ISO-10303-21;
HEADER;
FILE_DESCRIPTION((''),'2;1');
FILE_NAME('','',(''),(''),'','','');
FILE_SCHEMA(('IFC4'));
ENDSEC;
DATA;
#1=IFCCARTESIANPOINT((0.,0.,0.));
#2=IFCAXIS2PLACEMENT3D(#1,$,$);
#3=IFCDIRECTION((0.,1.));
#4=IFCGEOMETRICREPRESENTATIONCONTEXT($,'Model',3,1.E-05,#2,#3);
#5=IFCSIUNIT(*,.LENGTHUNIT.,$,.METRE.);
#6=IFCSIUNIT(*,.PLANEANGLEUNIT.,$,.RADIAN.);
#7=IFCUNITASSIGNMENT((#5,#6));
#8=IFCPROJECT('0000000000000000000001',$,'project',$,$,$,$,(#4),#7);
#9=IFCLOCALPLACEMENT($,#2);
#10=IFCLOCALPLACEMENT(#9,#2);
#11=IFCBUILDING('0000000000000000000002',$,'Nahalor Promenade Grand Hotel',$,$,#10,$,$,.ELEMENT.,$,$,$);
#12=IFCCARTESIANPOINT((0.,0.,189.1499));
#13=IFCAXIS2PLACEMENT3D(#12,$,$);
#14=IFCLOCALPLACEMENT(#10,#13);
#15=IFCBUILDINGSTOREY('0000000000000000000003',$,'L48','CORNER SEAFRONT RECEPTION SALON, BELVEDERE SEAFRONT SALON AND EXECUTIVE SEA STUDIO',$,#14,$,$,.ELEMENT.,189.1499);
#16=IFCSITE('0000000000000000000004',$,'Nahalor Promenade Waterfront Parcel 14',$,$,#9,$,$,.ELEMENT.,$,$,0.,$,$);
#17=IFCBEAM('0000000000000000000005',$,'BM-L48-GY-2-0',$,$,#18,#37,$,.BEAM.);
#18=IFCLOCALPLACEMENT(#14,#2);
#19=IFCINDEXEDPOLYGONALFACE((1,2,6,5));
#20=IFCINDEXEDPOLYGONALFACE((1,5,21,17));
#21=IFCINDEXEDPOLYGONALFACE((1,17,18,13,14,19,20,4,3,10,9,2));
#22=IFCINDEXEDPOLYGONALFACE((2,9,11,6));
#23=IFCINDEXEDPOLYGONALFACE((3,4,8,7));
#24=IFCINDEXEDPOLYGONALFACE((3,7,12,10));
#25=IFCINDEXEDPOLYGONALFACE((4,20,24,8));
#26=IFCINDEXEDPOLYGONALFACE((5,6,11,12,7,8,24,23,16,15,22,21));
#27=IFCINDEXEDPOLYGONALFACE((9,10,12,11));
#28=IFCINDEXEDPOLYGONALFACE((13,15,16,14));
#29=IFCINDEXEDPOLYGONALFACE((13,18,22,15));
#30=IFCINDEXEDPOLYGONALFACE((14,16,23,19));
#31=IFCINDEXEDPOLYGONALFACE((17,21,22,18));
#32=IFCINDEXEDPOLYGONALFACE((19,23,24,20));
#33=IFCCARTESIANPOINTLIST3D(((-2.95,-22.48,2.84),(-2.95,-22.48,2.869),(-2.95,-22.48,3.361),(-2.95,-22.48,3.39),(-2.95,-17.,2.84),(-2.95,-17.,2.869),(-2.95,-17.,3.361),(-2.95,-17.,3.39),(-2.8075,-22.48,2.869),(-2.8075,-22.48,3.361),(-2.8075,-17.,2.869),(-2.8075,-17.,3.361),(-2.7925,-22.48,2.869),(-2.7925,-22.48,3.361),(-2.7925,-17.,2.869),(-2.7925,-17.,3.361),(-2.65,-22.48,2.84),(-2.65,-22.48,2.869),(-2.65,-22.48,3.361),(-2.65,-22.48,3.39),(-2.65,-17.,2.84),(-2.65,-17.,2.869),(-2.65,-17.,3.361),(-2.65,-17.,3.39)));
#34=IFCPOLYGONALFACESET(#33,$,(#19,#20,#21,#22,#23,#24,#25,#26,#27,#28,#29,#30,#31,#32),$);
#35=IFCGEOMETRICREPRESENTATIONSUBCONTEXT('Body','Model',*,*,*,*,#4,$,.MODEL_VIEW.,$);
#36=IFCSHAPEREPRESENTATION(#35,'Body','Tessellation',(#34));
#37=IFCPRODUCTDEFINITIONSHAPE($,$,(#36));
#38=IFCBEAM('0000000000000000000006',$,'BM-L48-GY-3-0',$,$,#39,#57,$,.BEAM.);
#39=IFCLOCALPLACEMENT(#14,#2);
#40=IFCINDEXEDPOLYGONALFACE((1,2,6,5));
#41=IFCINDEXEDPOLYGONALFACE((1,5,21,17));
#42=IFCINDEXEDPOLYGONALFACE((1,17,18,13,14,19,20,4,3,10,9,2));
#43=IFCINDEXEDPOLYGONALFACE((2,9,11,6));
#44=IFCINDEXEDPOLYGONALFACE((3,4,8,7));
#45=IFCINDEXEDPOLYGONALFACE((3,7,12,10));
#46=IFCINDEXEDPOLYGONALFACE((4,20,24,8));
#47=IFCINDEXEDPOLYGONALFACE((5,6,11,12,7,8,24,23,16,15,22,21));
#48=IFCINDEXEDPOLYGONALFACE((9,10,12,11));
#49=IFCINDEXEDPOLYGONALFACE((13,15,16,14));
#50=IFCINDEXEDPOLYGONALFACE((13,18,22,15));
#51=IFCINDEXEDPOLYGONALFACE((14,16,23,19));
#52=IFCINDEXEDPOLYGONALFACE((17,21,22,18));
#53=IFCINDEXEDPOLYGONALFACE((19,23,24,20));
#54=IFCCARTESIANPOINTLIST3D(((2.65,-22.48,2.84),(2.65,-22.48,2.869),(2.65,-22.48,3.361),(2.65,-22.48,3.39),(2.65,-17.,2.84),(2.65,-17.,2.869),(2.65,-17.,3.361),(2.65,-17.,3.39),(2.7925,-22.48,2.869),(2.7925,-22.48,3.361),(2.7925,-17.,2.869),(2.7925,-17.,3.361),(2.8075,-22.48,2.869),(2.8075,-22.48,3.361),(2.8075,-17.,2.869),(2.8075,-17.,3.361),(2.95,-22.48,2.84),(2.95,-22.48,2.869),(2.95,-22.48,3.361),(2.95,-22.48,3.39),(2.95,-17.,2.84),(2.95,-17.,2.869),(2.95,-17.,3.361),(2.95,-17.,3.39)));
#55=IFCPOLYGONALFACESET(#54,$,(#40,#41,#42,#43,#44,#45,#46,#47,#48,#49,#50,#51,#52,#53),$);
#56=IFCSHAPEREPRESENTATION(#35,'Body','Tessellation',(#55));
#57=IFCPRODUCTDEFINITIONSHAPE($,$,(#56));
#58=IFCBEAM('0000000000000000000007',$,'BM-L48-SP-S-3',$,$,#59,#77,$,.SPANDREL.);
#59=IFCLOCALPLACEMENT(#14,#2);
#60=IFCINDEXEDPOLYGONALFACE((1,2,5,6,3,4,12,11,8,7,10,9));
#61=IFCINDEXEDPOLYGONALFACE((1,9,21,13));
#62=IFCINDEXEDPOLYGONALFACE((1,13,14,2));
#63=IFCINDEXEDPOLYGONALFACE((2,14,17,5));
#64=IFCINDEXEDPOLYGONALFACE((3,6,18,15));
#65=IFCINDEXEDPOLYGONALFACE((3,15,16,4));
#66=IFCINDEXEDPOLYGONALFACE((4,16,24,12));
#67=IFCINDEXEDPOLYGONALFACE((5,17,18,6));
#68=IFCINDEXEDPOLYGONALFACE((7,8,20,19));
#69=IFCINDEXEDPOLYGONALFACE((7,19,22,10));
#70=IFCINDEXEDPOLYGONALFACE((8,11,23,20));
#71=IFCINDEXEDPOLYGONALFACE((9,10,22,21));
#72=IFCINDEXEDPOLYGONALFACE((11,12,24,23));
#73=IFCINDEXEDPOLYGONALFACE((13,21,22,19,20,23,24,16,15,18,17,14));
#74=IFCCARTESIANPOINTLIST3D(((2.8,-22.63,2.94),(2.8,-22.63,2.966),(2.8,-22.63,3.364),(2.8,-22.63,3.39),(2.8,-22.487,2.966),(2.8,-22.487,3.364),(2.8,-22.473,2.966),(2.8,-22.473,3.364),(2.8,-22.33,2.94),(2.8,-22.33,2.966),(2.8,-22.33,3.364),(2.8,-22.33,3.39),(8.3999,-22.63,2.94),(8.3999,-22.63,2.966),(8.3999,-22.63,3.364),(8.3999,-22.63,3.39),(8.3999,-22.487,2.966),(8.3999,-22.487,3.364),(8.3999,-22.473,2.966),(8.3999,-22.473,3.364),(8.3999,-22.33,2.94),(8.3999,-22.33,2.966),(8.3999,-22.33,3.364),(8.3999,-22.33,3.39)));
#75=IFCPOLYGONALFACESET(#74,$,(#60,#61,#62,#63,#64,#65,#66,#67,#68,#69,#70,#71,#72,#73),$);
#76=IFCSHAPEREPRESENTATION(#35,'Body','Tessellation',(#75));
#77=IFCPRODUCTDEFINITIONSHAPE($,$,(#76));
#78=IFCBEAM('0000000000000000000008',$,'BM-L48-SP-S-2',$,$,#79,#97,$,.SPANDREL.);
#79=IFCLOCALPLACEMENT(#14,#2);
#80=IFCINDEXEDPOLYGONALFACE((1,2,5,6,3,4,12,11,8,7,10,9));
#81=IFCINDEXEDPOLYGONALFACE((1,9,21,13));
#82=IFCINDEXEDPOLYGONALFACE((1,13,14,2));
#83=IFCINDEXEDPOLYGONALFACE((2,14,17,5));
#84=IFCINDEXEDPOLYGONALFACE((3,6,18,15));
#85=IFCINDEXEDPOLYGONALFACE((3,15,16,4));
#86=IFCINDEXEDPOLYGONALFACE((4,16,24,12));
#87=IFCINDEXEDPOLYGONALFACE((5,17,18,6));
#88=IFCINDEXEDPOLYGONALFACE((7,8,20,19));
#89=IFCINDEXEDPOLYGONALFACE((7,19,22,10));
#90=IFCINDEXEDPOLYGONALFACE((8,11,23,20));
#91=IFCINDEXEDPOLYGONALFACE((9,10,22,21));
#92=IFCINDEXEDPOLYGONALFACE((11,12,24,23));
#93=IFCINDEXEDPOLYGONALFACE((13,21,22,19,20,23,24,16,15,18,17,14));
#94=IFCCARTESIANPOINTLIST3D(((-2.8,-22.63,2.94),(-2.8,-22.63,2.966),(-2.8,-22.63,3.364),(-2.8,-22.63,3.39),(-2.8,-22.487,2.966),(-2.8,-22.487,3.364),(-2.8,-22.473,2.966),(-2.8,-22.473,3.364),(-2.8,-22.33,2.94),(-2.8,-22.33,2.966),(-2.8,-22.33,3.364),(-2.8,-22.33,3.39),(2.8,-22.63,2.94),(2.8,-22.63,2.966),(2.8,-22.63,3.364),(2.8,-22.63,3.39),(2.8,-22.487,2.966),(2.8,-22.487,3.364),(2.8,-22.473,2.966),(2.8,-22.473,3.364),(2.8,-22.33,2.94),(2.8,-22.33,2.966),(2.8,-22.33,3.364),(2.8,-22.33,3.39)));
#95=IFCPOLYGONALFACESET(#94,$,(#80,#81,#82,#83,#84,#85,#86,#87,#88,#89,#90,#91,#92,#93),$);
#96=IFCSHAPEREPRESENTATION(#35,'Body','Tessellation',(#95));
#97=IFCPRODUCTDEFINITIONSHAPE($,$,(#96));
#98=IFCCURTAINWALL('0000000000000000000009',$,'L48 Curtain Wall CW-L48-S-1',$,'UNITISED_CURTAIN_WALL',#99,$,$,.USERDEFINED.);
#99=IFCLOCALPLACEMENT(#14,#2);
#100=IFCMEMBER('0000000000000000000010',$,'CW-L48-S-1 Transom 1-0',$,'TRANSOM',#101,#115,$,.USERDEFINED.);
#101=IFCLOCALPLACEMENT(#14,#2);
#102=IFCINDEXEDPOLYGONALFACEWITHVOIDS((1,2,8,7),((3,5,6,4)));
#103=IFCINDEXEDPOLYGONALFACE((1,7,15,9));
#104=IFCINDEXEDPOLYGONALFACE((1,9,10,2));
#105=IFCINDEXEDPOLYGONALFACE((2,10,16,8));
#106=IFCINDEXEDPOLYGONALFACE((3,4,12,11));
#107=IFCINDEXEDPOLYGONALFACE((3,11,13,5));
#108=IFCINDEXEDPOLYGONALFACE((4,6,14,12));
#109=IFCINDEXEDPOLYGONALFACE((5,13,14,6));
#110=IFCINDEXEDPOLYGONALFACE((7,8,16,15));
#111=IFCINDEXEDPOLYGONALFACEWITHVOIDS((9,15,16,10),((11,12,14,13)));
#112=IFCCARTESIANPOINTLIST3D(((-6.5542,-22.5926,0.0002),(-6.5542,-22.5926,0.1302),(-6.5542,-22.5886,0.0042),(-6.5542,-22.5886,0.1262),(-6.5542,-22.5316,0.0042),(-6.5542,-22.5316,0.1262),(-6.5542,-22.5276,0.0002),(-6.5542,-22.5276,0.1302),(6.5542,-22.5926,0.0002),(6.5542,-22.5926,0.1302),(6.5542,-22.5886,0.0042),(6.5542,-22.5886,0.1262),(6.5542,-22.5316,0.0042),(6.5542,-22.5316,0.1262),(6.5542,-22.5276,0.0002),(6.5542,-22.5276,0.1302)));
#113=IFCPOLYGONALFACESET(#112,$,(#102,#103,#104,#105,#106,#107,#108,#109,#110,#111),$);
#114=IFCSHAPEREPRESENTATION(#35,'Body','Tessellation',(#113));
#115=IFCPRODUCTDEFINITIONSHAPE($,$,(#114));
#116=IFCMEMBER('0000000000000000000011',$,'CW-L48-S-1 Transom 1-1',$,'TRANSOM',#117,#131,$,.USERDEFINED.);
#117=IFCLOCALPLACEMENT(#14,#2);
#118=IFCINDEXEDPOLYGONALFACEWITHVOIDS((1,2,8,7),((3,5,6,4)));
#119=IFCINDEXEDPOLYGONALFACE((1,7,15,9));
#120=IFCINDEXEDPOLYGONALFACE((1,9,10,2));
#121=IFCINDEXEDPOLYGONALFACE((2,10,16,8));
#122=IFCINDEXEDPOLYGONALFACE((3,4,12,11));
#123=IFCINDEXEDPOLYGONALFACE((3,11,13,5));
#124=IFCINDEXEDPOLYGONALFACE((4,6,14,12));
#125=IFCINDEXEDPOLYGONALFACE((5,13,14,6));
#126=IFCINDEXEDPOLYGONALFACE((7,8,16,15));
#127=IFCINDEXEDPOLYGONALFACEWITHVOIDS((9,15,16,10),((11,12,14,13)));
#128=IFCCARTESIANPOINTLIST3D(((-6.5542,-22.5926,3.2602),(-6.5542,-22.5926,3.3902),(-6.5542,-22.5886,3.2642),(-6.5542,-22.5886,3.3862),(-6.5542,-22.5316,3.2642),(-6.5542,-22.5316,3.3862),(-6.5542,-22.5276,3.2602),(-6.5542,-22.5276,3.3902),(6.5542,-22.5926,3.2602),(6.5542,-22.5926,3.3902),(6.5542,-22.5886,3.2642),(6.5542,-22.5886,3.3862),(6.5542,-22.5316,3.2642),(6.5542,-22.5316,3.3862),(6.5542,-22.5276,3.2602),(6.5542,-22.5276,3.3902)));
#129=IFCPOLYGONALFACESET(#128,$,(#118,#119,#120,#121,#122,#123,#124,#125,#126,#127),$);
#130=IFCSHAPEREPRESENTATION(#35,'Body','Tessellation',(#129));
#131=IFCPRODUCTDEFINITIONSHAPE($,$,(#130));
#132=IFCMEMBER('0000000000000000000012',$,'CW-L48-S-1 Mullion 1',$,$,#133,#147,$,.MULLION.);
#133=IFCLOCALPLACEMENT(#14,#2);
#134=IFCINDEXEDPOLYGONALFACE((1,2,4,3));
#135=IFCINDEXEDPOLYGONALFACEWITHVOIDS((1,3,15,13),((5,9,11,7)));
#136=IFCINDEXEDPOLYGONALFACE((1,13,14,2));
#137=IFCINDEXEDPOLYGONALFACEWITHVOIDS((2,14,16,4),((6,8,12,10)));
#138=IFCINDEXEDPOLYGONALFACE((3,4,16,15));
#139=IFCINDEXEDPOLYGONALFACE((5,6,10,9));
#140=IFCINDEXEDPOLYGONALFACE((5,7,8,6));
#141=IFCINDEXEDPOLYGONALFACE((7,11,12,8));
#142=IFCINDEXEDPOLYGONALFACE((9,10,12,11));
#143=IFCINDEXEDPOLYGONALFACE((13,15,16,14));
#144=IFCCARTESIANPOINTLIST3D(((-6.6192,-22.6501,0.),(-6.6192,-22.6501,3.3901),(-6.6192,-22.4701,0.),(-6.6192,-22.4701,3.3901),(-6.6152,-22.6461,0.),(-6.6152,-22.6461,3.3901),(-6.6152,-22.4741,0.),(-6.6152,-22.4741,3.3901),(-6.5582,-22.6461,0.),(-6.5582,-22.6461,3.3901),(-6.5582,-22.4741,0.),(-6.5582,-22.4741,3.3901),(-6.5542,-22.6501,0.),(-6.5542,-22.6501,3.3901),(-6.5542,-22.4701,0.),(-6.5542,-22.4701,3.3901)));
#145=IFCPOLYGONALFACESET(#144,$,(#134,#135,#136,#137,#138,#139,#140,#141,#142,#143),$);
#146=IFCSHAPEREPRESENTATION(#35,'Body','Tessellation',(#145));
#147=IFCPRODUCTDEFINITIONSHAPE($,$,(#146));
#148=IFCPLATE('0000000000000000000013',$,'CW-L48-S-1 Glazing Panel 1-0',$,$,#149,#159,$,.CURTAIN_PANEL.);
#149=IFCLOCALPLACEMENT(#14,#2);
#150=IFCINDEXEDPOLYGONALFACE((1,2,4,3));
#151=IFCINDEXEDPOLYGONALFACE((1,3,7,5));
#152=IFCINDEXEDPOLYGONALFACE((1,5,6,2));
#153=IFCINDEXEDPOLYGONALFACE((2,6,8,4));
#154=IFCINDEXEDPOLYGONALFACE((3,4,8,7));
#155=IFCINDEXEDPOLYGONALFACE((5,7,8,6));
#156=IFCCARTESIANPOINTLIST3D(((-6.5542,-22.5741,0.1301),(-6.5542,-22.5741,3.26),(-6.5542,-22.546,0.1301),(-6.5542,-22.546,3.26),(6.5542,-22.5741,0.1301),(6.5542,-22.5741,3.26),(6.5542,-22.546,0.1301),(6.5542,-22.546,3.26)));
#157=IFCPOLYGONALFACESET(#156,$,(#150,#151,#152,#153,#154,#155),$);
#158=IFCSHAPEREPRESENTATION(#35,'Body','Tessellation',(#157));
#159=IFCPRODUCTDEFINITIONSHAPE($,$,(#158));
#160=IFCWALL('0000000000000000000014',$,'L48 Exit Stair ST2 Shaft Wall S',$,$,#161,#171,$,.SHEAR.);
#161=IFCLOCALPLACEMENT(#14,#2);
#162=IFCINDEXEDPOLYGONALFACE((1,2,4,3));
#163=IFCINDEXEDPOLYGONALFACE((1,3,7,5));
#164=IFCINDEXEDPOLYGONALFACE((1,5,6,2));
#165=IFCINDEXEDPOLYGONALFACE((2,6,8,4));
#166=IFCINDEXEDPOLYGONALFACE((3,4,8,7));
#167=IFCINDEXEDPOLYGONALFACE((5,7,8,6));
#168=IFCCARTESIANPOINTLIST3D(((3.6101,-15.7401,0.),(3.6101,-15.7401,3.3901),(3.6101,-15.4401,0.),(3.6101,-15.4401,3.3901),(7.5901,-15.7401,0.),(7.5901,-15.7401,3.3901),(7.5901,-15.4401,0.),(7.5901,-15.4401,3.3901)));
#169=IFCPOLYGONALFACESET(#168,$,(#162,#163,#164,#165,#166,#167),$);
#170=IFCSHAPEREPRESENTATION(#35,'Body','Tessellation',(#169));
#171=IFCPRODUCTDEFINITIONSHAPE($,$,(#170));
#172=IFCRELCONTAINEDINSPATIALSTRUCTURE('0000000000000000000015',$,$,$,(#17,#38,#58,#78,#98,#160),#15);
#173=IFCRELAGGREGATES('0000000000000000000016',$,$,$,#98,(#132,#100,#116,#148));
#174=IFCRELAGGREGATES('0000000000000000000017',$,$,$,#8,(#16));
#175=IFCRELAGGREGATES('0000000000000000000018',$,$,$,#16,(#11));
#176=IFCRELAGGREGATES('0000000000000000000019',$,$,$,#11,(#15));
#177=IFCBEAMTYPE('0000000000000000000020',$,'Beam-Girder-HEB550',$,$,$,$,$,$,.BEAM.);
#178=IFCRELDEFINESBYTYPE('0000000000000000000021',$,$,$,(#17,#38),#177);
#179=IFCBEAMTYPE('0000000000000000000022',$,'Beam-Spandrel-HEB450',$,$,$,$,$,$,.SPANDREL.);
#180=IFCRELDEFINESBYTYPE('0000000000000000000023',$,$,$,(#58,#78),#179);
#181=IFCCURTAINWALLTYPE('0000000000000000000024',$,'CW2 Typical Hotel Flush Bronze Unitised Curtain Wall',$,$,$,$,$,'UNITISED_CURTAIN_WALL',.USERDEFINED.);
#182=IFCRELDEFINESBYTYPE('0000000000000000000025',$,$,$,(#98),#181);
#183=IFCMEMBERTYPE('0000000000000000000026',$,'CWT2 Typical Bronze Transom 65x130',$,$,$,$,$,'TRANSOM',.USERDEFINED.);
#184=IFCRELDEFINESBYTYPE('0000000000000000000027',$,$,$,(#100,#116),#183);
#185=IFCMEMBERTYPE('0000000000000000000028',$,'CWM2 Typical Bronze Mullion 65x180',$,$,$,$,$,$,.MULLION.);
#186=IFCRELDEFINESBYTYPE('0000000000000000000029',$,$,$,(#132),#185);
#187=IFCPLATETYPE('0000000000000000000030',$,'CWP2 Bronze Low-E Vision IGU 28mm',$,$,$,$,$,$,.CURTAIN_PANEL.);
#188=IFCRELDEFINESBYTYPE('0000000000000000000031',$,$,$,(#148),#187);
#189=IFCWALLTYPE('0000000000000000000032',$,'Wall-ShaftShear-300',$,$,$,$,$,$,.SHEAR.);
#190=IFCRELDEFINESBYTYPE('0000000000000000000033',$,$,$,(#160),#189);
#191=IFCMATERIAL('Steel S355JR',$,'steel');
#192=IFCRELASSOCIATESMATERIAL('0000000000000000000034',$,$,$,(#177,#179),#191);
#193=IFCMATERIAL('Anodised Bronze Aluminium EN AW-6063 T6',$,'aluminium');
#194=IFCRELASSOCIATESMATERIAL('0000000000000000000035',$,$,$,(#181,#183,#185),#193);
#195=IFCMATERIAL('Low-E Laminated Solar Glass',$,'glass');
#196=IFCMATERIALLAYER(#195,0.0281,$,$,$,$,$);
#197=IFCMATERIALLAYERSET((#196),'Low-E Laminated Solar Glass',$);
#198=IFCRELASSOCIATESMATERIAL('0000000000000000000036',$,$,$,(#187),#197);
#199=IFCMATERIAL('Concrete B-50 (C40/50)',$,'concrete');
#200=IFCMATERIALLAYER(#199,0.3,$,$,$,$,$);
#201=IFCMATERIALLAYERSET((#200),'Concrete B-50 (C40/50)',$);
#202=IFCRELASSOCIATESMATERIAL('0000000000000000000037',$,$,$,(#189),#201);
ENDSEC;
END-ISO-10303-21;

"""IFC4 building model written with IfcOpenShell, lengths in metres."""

from ifc_helpers import new_model, si_unit, direction, frame, frame_2d, origin, origin_2d, place, context, subcontext, project, spatial, rectangle, hollow_rectangle, i_section, extrude, source, transform, mapped, material, layer, layer_set, material_profile, profile_set, type_object, element, aggregate, save


model = new_model("IFC4")

# Units and contexts
model_context = context("Model", 3, precision=1e-05, world=origin(), true_north=direction((0.0, 1.0)))
body_context = subcontext(model_context, "Body", "Model", "MODEL_VIEW")
ifc_project = project(units=[si_unit("LENGTHUNIT", "METRE"), si_unit("PLANEANGLEUNIT", "RADIAN")], contexts=[model_context])

# Site, building, storey
site_placement = place(None, origin())
site = spatial("IfcSite", under=ifc_project, at=site_placement, Name="Nahalor Promenade Waterfront Parcel 14", CompositionType="ELEMENT", RefElevation=0.0)
building_placement = place(site_placement, origin())
building = spatial("IfcBuilding", under=site, at=building_placement, Name="Nahalor Promenade Grand Hotel", CompositionType="ELEMENT")
storey_placement = place(building_placement, frame((0.0, 0.0, 189.1499)))
storey = spatial("IfcBuildingStorey", under=building, at=storey_placement, Name="L48", Description="CORNER SEAFRONT RECEPTION SALON, BELVEDERE SEAFRONT SALON AND EXECUTIVE SEA STUDIO", CompositionType="ELEMENT", Elevation=189.1499)

# Beams
ifc_material_1 = material(Name="Steel S355JR", Category="steel")
ifc_material_profile_1 = material_profile(ifc_material_1, i_section(OverallWidth=0.3, OverallDepth=0.55, WebThickness=0.015, FlangeThickness=0.029, at=origin_2d()), Name="HEB 550")
ifc_profile_set_1 = profile_set([ifc_material_profile_1], Name="Steel S355JR")
beam_type_1 = type_object("IfcBeamType", Name="Beam-Girder-HEB550", PredefinedType="BEAM", material=ifc_profile_set_1)
shared_shape_1 = source(origin(), body_context, "Body", "SweptSolid", [
    extrude(i_section(OverallWidth=0.3, OverallDepth=0.55, WebThickness=0.015, FlangeThickness=0.029, at=origin_2d()), origin(), (0.0, 0.0, 1.0), 5.48),
])
for number, where, z_axis, x_axis, name in (
    (1, (-2.8, -22.48, 3.115), (0.0, 1.0, 0.0), (-1.0, 0.0, 0.0), "BM-L48-GY-2-0"),
    (2, (2.8, -22.48, 3.115), (0.0, 1.0, 0.0), (-1.0, 0.0, 0.0), "BM-L48-GY-3-0"),
):
    element("IfcBeam", number, at=place(storey_placement, frame(where, z_axis=z_axis, x_axis=x_axis)), inside=storey, type_object=beam_type_1, Name=name, PredefinedType="BEAM", context=body_context, shape_type="MappedRepresentation", body=[
        mapped(shared_shape_1, transform((0.0, 0.0, 0.0), scale=1.0)),
    ])
ifc_material_profile_2 = material_profile(ifc_material_1, i_section(OverallWidth=0.3, OverallDepth=0.45, WebThickness=0.014, FlangeThickness=0.026, at=origin_2d()), Name="HEB 450")
ifc_profile_set_2 = profile_set([ifc_material_profile_2], Name="Steel S355JR")
beam_type_2 = type_object("IfcBeamType", Name="Beam-Spandrel-HEB450", PredefinedType="SPANDREL", material=ifc_profile_set_2)
shared_shape_2 = source(origin(), body_context, "Body", "SweptSolid", [
    extrude(i_section(OverallWidth=0.3, OverallDepth=0.45, WebThickness=0.014, FlangeThickness=0.026, at=origin_2d()), origin(), (0.0, 0.0, 1.0), 5.5999),
])
beam_1_placement = place(storey_placement, frame((2.8, -22.48, 3.165), z_axis=(1.0, 0.0, 0.0), x_axis=(0.0, 1.0, 0.0)))
element("IfcBeam", 3, at=beam_1_placement, inside=storey, type_object=beam_type_2, Name="BM-L48-SP-S-3", PredefinedType="SPANDREL", context=body_context, shape_type="MappedRepresentation", body=[
    mapped(shared_shape_2, transform((0.0, 0.0, 0.0), scale=1.0)),
])
shared_shape_3 = source(origin(), body_context, "Body", "SweptSolid", [
    extrude(i_section(OverallWidth=0.3, OverallDepth=0.45, WebThickness=0.014, FlangeThickness=0.026, at=origin_2d()), origin(), (0.0, 0.0, 1.0), 5.6001),
])
beam_2_placement = place(storey_placement, frame((-2.8, -22.48, 3.165), z_axis=(1.0, 0.0, 0.0), x_axis=(0.0, 1.0, 0.0)))
element("IfcBeam", 4, at=beam_2_placement, inside=storey, type_object=beam_type_2, Name="BM-L48-SP-S-2", PredefinedType="SPANDREL", context=body_context, shape_type="MappedRepresentation", body=[
    mapped(shared_shape_3, transform((0.0, 0.0, 0.0), scale=1.0)),
])

# Curtain wall, members, plate
ifc_material_2 = material(Name="Anodised Bronze Aluminium EN AW-6063 T6", Category="aluminium")
curtain_wall_type = type_object("IfcCurtainWallType", Name="CW2 Typical Hotel Flush Bronze Unitised Curtain Wall", ElementType="UNITISED_CURTAIN_WALL", PredefinedType="USERDEFINED", material=ifc_material_2)
curtain_wall_placement = place(storey_placement, origin())
curtain_wall = element("IfcCurtainWall", 5, at=curtain_wall_placement, inside=storey, type_object=curtain_wall_type, Name="L48 Curtain Wall CW-L48-S-1", ObjectType="UNITISED_CURTAIN_WALL", PredefinedType="USERDEFINED")
ifc_material_profile_3 = material_profile(ifc_material_2, hollow_rectangle(XDim=0.065, YDim=0.13, WallThickness=0.004, at=origin_2d()), Name="CWT 65x130x4")
ifc_profile_set_3 = profile_set([ifc_material_profile_3], Name="Anodised Bronze Aluminium EN AW-6063 T6")
member_type_1 = type_object("IfcMemberType", Name="CWT2 Typical Bronze Transom 65x130", ElementType="TRANSOM", PredefinedType="USERDEFINED", material=ifc_profile_set_3)
shared_shape_4 = source(origin(), body_context, "Body", "SweptSolid", [
    extrude(hollow_rectangle(XDim=0.065, YDim=0.13, WallThickness=0.004, at=origin_2d()), origin(), (0.0, 0.0, 1.0), 13.1084),
])
member_1_placement = place(storey_placement, frame((-6.5542, -22.5601, 0.0652), z_axis=(1.0, 0.0, 0.0), x_axis=(0.0, 1.0, 0.0)))
member_1 = element("IfcMember", 6, at=member_1_placement, type_object=member_type_1, Name="CW-L48-S-1 Transom 1-0", ObjectType="TRANSOM", PredefinedType="USERDEFINED", context=body_context, shape_type="MappedRepresentation", body=[
    mapped(shared_shape_4, transform((0.0, 0.0, 0.0), scale=1.0)),
])
member_2_placement = place(storey_placement, frame((-6.5542, -22.5601, 3.3252), z_axis=(1.0, 0.0, 0.0), x_axis=(0.0, 1.0, 0.0)))
member_2 = element("IfcMember", 7, at=member_2_placement, type_object=member_type_1, Name="CW-L48-S-1 Transom 1-1", ObjectType="TRANSOM", PredefinedType="USERDEFINED", context=body_context, shape_type="MappedRepresentation", body=[
    mapped(shared_shape_4, transform((0.0, 0.0, 0.0), scale=1.0)),
])
ifc_material_profile_4 = material_profile(ifc_material_2, hollow_rectangle(XDim=0.065, YDim=0.18, WallThickness=0.004, at=origin_2d()), Name="CWM 65x180x4")
ifc_profile_set_4 = profile_set([ifc_material_profile_4], Name="Anodised Bronze Aluminium EN AW-6063 T6")
member_type_2 = type_object("IfcMemberType", Name="CWM2 Typical Bronze Mullion 65x180", PredefinedType="MULLION", material=ifc_profile_set_4)
shared_shape_5 = source(origin(), body_context, "Body", "SweptSolid", [
    extrude(hollow_rectangle(XDim=0.065, YDim=0.18, WallThickness=0.004, at=origin_2d()), origin(), (0.0, 0.0, 1.0), 3.3901),
])
member_3_placement = place(storey_placement, frame((-6.5867, -22.5601, 0.0), z_axis=(0.0, 0.0, 1.0), x_axis=(1.0, 0.0, 0.0)))
member_3 = element("IfcMember", 8, at=member_3_placement, type_object=member_type_2, Name="CW-L48-S-1 Mullion 1", PredefinedType="MULLION", context=body_context, shape_type="MappedRepresentation", body=[
    mapped(shared_shape_5, transform((0.0, 0.0, 0.0), scale=1.0)),
])
ifc_material_3 = material(Name="Low-E Laminated Solar Glass", Category="glass")
ifc_layer_1 = layer(ifc_material_3, 0.0281)
ifc_layer_set_1 = layer_set([ifc_layer_1], Name="Low-E Laminated Solar Glass")
plate_type = type_object("IfcPlateType", Name="CWP2 Bronze Low-E Vision IGU 28mm", PredefinedType="CURTAIN_PANEL", material=ifc_layer_set_1)
shared_shape_6 = source(origin(), body_context, "Body", "SweptSolid", [
    extrude(rectangle(XDim=13.1084, YDim=0.0281, at=origin_2d()), origin(), (0.0, 0.0, 1.0), 3.1299),
])
plate_placement = place(storey_placement, frame((0.0, -22.5601, 0.1301), z_axis=(0.0, 0.0, 1.0), x_axis=(1.0, 0.0, 0.0)))
plate = element("IfcPlate", 9, at=plate_placement, type_object=plate_type, Name="CW-L48-S-1 Glazing Panel 1-0", PredefinedType="CURTAIN_PANEL", context=body_context, shape_type="MappedRepresentation", body=[
    mapped(shared_shape_6, transform((0.0, 0.0, 0.0), scale=1.0)),
])
aggregate(curtain_wall, [member_3, member_1, member_2, plate])

# Wall
ifc_material_4 = material(Name="Concrete B-50 (C40/50)", Category="concrete")
ifc_layer_2 = layer(ifc_material_4, 0.3)
ifc_layer_set_2 = layer_set([ifc_layer_2], Name="Concrete B-50 (C40/50)")
wall_type_1 = type_object("IfcWallType", Name="Wall-ShaftShear-300", PredefinedType="SHEAR", material=ifc_layer_set_2)
shared_shape_7 = source(origin(), body_context, "Body", "SweptSolid", [
    extrude(rectangle(XDim=3.98, YDim=0.3, at=frame_2d((1.99, 0.0))), origin(), (0.0, 0.0, 1.0), 3.3901),
])
for number, where, z_axis, x_axis, name in (
    (10, (3.6101, -15.5901, 0.0), (0.0, 0.0, 1.0), (1.0, 0.0, 0.0), "L48 Exit Stair ST2 Shaft Wall S"),
):
    element("IfcWall", number, at=place(storey_placement, frame(where, z_axis=z_axis, x_axis=x_axis)), inside=storey, type_object=wall_type_1, Name=name, PredefinedType="SHEAR", context=body_context, shape_type="MappedRepresentation", body=[
        mapped(shared_shape_7, transform((0.0, 0.0, 0.0), scale=1.0)),
    ])

save(model, "model.ifc")
